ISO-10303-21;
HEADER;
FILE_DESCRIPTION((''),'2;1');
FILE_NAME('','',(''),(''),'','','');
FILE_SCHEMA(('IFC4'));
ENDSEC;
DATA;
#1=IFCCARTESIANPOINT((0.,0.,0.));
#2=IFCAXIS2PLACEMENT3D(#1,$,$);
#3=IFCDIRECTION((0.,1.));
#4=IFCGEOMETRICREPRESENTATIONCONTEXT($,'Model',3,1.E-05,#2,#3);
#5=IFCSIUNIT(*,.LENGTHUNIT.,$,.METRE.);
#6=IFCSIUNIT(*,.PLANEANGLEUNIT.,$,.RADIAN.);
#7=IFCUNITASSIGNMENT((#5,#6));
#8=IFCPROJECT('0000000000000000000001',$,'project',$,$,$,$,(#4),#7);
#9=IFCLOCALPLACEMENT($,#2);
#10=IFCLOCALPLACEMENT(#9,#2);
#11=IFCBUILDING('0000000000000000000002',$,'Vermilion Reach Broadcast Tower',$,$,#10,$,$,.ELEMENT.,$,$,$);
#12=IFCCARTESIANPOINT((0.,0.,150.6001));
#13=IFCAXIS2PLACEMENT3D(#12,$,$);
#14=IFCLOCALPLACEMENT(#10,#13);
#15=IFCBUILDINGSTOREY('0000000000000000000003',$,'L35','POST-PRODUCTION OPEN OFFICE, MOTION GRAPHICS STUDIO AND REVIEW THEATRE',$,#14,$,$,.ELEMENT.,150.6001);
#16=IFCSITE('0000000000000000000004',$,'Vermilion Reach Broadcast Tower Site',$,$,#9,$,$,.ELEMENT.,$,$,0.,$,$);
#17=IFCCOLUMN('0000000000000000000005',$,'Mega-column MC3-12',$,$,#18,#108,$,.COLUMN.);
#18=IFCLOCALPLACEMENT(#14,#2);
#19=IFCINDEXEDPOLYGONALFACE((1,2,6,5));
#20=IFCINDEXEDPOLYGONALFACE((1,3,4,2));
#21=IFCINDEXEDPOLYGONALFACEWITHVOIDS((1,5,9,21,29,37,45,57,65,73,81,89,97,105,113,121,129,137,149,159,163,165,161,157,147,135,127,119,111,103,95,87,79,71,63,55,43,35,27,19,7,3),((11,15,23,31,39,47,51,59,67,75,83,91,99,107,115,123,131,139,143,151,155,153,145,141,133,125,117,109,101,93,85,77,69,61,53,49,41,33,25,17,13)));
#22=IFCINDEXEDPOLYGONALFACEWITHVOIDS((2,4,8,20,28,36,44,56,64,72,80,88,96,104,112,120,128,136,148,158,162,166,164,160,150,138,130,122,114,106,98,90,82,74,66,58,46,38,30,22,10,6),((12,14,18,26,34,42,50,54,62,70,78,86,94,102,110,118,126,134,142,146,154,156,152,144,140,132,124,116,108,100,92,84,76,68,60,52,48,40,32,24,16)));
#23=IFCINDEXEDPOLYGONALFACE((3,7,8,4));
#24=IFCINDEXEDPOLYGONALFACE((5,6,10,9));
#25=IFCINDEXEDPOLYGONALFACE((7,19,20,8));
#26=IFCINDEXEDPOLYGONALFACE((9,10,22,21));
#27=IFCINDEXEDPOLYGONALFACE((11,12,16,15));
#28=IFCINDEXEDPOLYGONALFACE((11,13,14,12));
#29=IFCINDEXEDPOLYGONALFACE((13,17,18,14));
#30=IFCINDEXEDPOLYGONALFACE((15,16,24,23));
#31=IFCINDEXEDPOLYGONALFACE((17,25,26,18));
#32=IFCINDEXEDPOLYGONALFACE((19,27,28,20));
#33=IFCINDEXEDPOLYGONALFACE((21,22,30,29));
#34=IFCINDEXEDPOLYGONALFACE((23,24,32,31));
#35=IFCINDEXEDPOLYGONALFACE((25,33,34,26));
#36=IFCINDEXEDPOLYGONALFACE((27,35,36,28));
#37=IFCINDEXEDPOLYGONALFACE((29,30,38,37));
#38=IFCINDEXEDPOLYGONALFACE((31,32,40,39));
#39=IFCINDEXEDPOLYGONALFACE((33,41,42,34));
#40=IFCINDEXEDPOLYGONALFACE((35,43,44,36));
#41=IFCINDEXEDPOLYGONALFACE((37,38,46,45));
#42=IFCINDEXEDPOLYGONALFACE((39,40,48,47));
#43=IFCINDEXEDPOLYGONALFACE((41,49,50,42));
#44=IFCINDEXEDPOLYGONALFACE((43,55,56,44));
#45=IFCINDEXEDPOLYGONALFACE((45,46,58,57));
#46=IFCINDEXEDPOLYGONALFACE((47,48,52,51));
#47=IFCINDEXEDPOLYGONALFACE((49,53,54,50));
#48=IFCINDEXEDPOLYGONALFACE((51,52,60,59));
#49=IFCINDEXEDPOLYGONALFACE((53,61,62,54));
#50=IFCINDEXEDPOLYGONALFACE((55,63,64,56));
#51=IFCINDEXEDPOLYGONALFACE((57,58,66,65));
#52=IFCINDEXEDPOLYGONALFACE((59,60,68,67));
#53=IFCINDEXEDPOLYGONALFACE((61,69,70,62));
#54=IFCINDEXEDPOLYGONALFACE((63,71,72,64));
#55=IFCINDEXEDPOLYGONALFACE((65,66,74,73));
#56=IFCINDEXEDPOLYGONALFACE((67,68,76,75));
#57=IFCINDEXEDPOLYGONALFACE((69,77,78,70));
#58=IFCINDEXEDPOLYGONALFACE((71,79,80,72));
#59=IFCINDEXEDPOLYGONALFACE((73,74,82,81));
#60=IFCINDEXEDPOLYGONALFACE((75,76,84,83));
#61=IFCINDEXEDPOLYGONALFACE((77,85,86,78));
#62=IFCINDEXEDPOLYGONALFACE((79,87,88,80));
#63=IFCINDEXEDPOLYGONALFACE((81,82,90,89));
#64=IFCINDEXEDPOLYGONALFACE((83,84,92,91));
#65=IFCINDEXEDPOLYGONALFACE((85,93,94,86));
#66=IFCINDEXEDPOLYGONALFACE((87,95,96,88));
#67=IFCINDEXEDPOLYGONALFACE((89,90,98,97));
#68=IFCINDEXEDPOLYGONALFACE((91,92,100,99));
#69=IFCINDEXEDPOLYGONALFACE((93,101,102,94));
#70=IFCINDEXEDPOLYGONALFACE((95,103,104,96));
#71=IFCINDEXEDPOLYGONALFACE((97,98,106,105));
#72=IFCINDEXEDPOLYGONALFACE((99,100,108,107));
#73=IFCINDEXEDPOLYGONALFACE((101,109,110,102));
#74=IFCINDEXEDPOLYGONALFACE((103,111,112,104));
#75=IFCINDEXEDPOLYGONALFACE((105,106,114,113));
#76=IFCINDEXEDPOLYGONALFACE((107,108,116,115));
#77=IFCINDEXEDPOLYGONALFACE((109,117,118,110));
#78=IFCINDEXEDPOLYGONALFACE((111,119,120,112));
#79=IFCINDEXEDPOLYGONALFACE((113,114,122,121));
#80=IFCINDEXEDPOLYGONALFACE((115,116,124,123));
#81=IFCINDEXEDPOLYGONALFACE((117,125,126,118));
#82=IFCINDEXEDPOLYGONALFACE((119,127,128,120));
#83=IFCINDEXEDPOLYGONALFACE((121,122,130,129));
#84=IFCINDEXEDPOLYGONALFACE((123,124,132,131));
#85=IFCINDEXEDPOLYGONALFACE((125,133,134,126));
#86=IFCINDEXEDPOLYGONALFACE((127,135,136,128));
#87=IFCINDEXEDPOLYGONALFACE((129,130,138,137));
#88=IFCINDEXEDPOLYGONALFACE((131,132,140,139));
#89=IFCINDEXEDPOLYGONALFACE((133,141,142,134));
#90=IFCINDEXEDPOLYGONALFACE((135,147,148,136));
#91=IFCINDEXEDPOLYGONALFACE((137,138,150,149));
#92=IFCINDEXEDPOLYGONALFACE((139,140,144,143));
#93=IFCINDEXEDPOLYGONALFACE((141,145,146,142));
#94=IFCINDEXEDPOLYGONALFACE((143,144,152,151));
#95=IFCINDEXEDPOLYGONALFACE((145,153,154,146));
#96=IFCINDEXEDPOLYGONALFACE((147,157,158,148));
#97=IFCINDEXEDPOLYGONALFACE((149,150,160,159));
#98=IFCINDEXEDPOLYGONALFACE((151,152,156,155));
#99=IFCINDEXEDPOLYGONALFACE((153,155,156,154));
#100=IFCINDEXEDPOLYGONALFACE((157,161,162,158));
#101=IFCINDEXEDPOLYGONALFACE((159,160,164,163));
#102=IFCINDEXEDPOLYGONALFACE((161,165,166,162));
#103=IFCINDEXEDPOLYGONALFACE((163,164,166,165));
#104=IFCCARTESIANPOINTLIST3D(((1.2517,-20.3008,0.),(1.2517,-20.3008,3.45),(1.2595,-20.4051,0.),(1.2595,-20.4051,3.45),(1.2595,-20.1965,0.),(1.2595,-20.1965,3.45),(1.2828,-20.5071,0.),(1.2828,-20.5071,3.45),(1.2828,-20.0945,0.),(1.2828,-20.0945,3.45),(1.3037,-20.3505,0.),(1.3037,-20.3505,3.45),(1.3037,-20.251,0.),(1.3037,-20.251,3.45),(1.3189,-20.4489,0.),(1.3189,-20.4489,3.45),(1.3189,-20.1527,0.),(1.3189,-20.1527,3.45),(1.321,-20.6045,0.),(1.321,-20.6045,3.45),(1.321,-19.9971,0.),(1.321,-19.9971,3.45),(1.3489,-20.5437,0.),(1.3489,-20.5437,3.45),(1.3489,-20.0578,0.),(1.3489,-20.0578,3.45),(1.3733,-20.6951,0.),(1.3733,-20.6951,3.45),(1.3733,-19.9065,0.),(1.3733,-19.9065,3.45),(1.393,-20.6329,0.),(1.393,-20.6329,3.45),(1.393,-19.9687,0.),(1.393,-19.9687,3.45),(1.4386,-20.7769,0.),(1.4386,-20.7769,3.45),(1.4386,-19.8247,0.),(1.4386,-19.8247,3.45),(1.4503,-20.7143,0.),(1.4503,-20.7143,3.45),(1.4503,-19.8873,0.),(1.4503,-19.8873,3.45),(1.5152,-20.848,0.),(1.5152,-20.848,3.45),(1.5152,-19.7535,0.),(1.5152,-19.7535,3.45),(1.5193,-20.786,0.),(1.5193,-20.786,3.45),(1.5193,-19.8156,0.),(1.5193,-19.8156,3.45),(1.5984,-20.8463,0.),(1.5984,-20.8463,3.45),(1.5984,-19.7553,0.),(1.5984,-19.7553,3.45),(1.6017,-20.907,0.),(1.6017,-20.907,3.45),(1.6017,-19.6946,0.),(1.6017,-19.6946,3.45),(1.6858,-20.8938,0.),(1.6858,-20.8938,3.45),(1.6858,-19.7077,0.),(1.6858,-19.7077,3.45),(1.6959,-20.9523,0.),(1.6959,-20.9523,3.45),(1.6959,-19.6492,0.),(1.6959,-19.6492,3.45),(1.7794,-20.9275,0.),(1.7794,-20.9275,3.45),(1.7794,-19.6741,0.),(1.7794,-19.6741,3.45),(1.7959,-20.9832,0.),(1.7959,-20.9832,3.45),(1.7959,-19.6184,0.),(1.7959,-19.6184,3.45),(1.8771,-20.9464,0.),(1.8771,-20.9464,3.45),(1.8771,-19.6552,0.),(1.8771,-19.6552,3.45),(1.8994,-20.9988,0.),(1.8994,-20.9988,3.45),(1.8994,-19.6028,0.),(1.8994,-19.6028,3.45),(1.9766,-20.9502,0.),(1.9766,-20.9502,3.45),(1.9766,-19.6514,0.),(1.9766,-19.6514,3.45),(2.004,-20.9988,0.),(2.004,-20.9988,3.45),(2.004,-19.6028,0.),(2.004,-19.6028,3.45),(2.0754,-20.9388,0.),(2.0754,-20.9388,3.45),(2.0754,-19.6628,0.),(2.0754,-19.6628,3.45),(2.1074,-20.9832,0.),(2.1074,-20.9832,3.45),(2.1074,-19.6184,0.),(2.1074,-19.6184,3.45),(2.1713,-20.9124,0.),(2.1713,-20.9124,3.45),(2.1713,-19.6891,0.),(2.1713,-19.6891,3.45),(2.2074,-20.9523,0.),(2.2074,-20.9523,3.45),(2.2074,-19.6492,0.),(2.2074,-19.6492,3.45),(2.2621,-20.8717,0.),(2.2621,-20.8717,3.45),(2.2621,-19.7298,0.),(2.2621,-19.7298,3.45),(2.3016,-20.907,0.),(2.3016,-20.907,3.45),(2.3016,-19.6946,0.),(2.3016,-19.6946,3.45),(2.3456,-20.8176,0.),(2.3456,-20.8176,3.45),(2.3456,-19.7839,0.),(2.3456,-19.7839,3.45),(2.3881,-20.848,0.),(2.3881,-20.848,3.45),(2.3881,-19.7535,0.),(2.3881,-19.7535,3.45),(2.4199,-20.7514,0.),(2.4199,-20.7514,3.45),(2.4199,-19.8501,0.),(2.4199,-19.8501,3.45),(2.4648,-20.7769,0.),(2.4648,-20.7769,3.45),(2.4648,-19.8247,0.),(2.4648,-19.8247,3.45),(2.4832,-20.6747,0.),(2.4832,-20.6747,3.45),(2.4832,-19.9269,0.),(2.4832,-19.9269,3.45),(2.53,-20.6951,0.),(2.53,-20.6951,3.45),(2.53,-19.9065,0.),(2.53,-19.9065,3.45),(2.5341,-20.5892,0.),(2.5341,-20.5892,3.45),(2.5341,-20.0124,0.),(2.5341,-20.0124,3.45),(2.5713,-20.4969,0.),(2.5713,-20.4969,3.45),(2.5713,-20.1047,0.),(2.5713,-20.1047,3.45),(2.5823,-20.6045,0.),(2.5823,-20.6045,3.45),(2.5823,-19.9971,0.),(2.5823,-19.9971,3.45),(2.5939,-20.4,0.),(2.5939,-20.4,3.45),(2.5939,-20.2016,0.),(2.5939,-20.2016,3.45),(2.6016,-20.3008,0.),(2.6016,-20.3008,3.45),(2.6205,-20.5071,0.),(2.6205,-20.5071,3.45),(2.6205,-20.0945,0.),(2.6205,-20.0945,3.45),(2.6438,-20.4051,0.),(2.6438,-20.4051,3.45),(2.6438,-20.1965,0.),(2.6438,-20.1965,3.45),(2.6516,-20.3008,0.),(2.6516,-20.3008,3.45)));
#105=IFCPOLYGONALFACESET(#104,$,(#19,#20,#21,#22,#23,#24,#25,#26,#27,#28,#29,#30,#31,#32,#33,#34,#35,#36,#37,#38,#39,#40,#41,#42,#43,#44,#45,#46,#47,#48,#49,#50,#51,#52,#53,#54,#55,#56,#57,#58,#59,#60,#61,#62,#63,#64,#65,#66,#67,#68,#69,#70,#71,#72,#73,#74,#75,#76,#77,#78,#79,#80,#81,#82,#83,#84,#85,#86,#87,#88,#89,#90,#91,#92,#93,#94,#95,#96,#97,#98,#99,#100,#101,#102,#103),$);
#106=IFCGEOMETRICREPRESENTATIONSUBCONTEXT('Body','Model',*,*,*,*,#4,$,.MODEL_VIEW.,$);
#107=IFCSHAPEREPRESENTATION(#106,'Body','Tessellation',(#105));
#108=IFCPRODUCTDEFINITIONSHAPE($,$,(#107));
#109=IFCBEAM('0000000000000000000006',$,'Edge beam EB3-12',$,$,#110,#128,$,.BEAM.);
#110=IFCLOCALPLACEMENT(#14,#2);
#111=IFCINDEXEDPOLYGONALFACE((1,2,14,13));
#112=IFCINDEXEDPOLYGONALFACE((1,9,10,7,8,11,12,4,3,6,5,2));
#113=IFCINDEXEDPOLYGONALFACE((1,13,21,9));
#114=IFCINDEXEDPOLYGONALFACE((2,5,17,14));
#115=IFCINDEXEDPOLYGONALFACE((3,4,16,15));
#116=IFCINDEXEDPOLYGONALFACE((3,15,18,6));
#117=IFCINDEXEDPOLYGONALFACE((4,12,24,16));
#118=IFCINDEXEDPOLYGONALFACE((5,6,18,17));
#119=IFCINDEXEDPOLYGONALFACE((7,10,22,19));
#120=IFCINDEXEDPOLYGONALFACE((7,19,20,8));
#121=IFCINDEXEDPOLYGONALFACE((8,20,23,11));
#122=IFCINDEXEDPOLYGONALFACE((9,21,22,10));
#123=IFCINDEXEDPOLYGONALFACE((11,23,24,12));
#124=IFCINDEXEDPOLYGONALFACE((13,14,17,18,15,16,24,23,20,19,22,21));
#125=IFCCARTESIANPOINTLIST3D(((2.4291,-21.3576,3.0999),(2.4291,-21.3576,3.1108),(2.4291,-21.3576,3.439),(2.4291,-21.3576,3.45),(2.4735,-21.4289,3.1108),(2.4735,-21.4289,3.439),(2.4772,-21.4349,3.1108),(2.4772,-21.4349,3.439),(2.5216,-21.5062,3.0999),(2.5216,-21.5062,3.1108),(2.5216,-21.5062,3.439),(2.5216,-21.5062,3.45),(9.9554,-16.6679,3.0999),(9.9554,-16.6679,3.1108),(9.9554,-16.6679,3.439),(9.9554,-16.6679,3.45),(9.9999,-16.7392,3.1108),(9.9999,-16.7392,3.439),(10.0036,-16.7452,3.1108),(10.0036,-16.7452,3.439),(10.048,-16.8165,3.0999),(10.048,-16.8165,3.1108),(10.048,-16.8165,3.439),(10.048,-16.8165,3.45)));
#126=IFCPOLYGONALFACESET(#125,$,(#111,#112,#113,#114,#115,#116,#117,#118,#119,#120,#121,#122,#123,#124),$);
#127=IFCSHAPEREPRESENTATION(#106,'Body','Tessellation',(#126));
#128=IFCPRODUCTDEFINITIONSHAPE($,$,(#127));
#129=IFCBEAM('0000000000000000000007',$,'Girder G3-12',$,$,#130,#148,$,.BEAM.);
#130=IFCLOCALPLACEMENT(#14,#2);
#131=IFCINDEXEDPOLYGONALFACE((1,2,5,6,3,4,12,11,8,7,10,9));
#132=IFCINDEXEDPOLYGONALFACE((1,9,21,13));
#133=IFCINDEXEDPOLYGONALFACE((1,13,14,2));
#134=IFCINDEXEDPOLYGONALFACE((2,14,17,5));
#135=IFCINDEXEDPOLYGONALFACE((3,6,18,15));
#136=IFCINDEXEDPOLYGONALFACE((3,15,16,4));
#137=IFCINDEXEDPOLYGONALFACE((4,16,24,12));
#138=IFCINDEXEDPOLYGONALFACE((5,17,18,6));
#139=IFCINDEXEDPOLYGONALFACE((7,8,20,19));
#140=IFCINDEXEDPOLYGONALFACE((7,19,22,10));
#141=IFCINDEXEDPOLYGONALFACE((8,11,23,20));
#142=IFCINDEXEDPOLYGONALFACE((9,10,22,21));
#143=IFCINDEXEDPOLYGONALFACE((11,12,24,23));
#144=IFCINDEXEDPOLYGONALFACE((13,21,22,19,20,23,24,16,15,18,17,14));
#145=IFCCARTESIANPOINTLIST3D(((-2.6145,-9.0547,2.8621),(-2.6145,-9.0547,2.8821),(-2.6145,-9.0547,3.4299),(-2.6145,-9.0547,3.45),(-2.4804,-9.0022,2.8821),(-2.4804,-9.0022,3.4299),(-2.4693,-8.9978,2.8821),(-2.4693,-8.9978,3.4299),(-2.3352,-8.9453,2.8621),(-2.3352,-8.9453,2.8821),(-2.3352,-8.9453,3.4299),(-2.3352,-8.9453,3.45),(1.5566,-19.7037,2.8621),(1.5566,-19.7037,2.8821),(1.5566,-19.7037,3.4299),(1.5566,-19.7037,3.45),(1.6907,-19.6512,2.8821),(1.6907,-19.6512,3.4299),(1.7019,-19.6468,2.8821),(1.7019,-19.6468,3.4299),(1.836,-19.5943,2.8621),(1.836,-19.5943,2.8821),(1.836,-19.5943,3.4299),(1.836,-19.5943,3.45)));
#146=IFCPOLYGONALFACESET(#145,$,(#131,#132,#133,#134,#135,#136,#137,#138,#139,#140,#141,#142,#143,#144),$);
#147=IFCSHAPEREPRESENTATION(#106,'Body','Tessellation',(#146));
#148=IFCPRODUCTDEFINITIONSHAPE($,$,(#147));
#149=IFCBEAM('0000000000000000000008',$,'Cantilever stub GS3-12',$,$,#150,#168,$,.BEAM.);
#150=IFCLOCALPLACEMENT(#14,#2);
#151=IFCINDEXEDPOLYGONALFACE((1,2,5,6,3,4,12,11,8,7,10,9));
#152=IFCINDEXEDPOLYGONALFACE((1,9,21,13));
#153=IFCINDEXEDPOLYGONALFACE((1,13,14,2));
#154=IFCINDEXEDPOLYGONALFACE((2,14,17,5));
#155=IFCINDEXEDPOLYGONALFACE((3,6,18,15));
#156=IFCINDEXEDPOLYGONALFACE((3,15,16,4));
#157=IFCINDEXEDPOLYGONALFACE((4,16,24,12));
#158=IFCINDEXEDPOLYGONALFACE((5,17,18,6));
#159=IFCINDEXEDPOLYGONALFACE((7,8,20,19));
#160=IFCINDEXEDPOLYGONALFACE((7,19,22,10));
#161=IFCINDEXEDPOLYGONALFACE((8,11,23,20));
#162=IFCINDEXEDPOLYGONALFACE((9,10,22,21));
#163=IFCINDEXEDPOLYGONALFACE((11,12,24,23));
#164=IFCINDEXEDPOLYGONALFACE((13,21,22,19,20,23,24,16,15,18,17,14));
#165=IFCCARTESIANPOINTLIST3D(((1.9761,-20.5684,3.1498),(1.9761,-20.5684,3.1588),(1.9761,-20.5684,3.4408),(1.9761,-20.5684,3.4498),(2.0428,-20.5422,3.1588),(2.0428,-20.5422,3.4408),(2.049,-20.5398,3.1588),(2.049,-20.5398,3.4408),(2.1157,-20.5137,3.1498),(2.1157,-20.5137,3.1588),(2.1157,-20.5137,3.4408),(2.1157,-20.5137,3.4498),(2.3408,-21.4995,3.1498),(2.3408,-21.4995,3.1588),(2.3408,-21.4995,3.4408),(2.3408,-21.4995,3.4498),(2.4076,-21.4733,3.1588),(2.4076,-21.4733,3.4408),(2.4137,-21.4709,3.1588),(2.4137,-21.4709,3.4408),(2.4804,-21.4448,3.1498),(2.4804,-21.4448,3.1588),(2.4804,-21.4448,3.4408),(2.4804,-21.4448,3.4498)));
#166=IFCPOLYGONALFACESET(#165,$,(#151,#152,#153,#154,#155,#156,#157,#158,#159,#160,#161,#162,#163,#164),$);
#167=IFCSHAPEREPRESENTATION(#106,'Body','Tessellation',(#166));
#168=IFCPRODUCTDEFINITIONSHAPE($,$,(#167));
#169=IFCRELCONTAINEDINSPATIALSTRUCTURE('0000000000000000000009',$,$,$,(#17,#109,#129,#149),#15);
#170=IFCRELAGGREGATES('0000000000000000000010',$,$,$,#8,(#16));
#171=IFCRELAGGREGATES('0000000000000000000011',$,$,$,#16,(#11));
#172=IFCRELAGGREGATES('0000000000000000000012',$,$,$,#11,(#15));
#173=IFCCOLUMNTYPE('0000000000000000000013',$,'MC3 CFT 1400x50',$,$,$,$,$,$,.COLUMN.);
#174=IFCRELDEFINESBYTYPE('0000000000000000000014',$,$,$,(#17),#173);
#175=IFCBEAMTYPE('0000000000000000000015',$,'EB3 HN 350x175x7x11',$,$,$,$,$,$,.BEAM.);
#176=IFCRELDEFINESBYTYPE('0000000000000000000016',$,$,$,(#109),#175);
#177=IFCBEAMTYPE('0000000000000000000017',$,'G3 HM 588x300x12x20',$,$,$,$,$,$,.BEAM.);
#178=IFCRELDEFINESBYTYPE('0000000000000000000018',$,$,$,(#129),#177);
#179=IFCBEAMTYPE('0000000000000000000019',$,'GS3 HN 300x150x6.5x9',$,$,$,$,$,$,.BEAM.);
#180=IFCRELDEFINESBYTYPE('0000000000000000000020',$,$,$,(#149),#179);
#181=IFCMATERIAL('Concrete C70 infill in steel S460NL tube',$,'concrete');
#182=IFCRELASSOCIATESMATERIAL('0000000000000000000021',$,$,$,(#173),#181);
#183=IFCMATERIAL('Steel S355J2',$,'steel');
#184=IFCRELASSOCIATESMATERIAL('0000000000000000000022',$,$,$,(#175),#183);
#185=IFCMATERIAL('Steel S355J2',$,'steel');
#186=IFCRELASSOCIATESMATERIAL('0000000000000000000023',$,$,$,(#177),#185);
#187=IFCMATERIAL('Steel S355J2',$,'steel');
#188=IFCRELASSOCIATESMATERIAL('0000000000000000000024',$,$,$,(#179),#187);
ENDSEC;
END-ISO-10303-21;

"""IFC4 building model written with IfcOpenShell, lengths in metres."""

from ifc_helpers import new_model, si_unit, direction, frame, origin, origin_2d, place, context, subcontext, project, spatial, hollow_circle, i_section, extrude, material, material_profile, profile_set, type_object, element, save


model = new_model("IFC4")

# Units and contexts
model_context = context("Model", 3, precision=1e-05, world=origin(), true_north=direction((0.0, 1.0)))
body_context = subcontext(model_context, "Body", "Model", "MODEL_VIEW")
ifc_project = project(units=[si_unit("LENGTHUNIT", "METRE"), si_unit("PLANEANGLEUNIT", "RADIAN")], contexts=[model_context])

# Site, building, storey
site_placement = place(None, origin())
site = spatial("IfcSite", under=ifc_project, at=site_placement, Name="Vermilion Reach Broadcast Tower Site", CompositionType="ELEMENT", RefElevation=0.0)
building_placement = place(site_placement, origin())
building = spatial("IfcBuilding", under=site, at=building_placement, Name="Vermilion Reach Broadcast Tower", CompositionType="ELEMENT")
storey_placement = place(building_placement, frame((0.0, 0.0, 150.6001)))
storey = spatial("IfcBuildingStorey", under=building, at=storey_placement, Name="L35", Description="POST-PRODUCTION OPEN OFFICE, MOTION GRAPHICS STUDIO AND REVIEW THEATRE", CompositionType="ELEMENT", Elevation=150.6001)

# Column
ifc_material_1 = material(Name="Concrete C70 infill in steel S460NL tube", Category="concrete")
ifc_material_profile_1 = material_profile(ifc_material_1, hollow_circle(Radius=0.7, WallThickness=0.05, at=origin_2d()), Name="Concrete C70 infill in steel S460NL tube CFT 1400x50")
ifc_profile_set_1 = profile_set([ifc_material_profile_1], Name="Concrete C70 infill in steel S460NL tube")
column_type = type_object("IfcColumnType", Name="MC3 CFT 1400x50", PredefinedType="COLUMN", material=ifc_profile_set_1)
column_placement = place(storey_placement, frame((1.9517, -20.3008, 0.0), z_axis=(0.0, 0.0, 1.0), x_axis=(1.0, 0.0, 0.0)))
element("IfcColumn", 1, at=column_placement, inside=storey, type_object=column_type, Name="Mega-column MC3-12", PredefinedType="COLUMN", context=body_context, shape_type="SweptSolid", body=[
    extrude(hollow_circle(Radius=0.7, WallThickness=0.05, at=origin_2d()), origin(), (0.0, 0.0, 1.0), 3.45),
])

# Beams
ifc_material_2 = material(Name="Steel S355J2", Category="steel")
ifc_material_profile_2 = material_profile(ifc_material_2, i_section(OverallWidth=0.175, OverallDepth=0.3501, WebThickness=0.0071, FlangeThickness=0.011, at=origin_2d()), Name="S355J2 HN 350x175x7x11")
ifc_profile_set_2 = profile_set([ifc_material_profile_2], Name="Steel S355J2")
beam_type_1 = type_object("IfcBeamType", Name="EB3 HN 350x175x7x11", PredefinedType="BEAM", material=ifc_profile_set_2)
beam_1_placement = place(storey_placement, frame((2.4753, -21.4319, 3.2749), z_axis=(0.848721, 0.52884, 0.0), x_axis=(-0.52884, 0.848721, 0.0)))
element("IfcBeam", 2, at=beam_1_placement, inside=storey, type_object=beam_type_1, Name="Edge beam EB3-12", PredefinedType="BEAM", context=body_context, shape_type="SweptSolid", body=[
    extrude(i_section(OverallWidth=0.175, OverallDepth=0.3501, WebThickness=0.0071, FlangeThickness=0.011, at=origin_2d()), origin(), (0.0, 0.0, 1.0), 8.8679),
])
ifc_material_3 = material(Name="Steel S355J2", Category="steel")
ifc_material_profile_3 = material_profile(ifc_material_3, i_section(OverallWidth=0.3, OverallDepth=0.5879, WebThickness=0.012, FlangeThickness=0.02, at=origin_2d()), Name="S355J2 HM 588x300x12x20")
ifc_profile_set_3 = profile_set([ifc_material_profile_3], Name="Steel S355J2")
beam_type_2 = type_object("IfcBeamType", Name="G3 HM 588x300x12x20", PredefinedType="BEAM", material=ifc_profile_set_3)
beam_2_placement = place(storey_placement, frame((-2.4749, -9.0, 3.156), z_axis=(0.364716, -0.931119, 0.0), x_axis=(0.931119, 0.364716, 0.0)))
element("IfcBeam", 3, at=beam_2_placement, inside=storey, type_object=beam_type_2, Name="Girder G3-12", PredefinedType="BEAM", context=body_context, shape_type="SweptSolid", body=[
    extrude(i_section(OverallWidth=0.3, OverallDepth=0.5879, WebThickness=0.012, FlangeThickness=0.02, at=origin_2d()), origin(), (0.0, 0.0, 1.0), 11.4368),
])
ifc_material_4 = material(Name="Steel S355J2", Category="steel")
ifc_material_profile_4 = material_profile(ifc_material_4, i_section(OverallWidth=0.1499, OverallDepth=0.3, WebThickness=0.0066, FlangeThickness=0.009, at=origin_2d()), Name="S355J2 HN 300x150x6.5x9")
ifc_profile_set_4 = profile_set([ifc_material_profile_4], Name="Steel S355J2")
beam_type_3 = type_object("IfcBeamType", Name="GS3 HN 300x150x6.5x9", PredefinedType="BEAM", material=ifc_profile_set_4)
beam_3_placement = place(storey_placement, frame((2.0459, -20.541, 3.2998), z_axis=(0.364731, -0.931113, 0.0), x_axis=(0.931113, 0.364731, 0.0)))
element("IfcBeam", 4, at=beam_3_placement, inside=storey, type_object=beam_type_3, Name="Cantilever stub GS3-12", PredefinedType="BEAM", context=body_context, shape_type="SweptSolid", body=[
    extrude(i_section(OverallWidth=0.1499, OverallDepth=0.3, WebThickness=0.0066, FlangeThickness=0.009, at=origin_2d()), origin(), (0.0, 0.0, 1.0), 1.0),
])

save(model, "model.ifc")
